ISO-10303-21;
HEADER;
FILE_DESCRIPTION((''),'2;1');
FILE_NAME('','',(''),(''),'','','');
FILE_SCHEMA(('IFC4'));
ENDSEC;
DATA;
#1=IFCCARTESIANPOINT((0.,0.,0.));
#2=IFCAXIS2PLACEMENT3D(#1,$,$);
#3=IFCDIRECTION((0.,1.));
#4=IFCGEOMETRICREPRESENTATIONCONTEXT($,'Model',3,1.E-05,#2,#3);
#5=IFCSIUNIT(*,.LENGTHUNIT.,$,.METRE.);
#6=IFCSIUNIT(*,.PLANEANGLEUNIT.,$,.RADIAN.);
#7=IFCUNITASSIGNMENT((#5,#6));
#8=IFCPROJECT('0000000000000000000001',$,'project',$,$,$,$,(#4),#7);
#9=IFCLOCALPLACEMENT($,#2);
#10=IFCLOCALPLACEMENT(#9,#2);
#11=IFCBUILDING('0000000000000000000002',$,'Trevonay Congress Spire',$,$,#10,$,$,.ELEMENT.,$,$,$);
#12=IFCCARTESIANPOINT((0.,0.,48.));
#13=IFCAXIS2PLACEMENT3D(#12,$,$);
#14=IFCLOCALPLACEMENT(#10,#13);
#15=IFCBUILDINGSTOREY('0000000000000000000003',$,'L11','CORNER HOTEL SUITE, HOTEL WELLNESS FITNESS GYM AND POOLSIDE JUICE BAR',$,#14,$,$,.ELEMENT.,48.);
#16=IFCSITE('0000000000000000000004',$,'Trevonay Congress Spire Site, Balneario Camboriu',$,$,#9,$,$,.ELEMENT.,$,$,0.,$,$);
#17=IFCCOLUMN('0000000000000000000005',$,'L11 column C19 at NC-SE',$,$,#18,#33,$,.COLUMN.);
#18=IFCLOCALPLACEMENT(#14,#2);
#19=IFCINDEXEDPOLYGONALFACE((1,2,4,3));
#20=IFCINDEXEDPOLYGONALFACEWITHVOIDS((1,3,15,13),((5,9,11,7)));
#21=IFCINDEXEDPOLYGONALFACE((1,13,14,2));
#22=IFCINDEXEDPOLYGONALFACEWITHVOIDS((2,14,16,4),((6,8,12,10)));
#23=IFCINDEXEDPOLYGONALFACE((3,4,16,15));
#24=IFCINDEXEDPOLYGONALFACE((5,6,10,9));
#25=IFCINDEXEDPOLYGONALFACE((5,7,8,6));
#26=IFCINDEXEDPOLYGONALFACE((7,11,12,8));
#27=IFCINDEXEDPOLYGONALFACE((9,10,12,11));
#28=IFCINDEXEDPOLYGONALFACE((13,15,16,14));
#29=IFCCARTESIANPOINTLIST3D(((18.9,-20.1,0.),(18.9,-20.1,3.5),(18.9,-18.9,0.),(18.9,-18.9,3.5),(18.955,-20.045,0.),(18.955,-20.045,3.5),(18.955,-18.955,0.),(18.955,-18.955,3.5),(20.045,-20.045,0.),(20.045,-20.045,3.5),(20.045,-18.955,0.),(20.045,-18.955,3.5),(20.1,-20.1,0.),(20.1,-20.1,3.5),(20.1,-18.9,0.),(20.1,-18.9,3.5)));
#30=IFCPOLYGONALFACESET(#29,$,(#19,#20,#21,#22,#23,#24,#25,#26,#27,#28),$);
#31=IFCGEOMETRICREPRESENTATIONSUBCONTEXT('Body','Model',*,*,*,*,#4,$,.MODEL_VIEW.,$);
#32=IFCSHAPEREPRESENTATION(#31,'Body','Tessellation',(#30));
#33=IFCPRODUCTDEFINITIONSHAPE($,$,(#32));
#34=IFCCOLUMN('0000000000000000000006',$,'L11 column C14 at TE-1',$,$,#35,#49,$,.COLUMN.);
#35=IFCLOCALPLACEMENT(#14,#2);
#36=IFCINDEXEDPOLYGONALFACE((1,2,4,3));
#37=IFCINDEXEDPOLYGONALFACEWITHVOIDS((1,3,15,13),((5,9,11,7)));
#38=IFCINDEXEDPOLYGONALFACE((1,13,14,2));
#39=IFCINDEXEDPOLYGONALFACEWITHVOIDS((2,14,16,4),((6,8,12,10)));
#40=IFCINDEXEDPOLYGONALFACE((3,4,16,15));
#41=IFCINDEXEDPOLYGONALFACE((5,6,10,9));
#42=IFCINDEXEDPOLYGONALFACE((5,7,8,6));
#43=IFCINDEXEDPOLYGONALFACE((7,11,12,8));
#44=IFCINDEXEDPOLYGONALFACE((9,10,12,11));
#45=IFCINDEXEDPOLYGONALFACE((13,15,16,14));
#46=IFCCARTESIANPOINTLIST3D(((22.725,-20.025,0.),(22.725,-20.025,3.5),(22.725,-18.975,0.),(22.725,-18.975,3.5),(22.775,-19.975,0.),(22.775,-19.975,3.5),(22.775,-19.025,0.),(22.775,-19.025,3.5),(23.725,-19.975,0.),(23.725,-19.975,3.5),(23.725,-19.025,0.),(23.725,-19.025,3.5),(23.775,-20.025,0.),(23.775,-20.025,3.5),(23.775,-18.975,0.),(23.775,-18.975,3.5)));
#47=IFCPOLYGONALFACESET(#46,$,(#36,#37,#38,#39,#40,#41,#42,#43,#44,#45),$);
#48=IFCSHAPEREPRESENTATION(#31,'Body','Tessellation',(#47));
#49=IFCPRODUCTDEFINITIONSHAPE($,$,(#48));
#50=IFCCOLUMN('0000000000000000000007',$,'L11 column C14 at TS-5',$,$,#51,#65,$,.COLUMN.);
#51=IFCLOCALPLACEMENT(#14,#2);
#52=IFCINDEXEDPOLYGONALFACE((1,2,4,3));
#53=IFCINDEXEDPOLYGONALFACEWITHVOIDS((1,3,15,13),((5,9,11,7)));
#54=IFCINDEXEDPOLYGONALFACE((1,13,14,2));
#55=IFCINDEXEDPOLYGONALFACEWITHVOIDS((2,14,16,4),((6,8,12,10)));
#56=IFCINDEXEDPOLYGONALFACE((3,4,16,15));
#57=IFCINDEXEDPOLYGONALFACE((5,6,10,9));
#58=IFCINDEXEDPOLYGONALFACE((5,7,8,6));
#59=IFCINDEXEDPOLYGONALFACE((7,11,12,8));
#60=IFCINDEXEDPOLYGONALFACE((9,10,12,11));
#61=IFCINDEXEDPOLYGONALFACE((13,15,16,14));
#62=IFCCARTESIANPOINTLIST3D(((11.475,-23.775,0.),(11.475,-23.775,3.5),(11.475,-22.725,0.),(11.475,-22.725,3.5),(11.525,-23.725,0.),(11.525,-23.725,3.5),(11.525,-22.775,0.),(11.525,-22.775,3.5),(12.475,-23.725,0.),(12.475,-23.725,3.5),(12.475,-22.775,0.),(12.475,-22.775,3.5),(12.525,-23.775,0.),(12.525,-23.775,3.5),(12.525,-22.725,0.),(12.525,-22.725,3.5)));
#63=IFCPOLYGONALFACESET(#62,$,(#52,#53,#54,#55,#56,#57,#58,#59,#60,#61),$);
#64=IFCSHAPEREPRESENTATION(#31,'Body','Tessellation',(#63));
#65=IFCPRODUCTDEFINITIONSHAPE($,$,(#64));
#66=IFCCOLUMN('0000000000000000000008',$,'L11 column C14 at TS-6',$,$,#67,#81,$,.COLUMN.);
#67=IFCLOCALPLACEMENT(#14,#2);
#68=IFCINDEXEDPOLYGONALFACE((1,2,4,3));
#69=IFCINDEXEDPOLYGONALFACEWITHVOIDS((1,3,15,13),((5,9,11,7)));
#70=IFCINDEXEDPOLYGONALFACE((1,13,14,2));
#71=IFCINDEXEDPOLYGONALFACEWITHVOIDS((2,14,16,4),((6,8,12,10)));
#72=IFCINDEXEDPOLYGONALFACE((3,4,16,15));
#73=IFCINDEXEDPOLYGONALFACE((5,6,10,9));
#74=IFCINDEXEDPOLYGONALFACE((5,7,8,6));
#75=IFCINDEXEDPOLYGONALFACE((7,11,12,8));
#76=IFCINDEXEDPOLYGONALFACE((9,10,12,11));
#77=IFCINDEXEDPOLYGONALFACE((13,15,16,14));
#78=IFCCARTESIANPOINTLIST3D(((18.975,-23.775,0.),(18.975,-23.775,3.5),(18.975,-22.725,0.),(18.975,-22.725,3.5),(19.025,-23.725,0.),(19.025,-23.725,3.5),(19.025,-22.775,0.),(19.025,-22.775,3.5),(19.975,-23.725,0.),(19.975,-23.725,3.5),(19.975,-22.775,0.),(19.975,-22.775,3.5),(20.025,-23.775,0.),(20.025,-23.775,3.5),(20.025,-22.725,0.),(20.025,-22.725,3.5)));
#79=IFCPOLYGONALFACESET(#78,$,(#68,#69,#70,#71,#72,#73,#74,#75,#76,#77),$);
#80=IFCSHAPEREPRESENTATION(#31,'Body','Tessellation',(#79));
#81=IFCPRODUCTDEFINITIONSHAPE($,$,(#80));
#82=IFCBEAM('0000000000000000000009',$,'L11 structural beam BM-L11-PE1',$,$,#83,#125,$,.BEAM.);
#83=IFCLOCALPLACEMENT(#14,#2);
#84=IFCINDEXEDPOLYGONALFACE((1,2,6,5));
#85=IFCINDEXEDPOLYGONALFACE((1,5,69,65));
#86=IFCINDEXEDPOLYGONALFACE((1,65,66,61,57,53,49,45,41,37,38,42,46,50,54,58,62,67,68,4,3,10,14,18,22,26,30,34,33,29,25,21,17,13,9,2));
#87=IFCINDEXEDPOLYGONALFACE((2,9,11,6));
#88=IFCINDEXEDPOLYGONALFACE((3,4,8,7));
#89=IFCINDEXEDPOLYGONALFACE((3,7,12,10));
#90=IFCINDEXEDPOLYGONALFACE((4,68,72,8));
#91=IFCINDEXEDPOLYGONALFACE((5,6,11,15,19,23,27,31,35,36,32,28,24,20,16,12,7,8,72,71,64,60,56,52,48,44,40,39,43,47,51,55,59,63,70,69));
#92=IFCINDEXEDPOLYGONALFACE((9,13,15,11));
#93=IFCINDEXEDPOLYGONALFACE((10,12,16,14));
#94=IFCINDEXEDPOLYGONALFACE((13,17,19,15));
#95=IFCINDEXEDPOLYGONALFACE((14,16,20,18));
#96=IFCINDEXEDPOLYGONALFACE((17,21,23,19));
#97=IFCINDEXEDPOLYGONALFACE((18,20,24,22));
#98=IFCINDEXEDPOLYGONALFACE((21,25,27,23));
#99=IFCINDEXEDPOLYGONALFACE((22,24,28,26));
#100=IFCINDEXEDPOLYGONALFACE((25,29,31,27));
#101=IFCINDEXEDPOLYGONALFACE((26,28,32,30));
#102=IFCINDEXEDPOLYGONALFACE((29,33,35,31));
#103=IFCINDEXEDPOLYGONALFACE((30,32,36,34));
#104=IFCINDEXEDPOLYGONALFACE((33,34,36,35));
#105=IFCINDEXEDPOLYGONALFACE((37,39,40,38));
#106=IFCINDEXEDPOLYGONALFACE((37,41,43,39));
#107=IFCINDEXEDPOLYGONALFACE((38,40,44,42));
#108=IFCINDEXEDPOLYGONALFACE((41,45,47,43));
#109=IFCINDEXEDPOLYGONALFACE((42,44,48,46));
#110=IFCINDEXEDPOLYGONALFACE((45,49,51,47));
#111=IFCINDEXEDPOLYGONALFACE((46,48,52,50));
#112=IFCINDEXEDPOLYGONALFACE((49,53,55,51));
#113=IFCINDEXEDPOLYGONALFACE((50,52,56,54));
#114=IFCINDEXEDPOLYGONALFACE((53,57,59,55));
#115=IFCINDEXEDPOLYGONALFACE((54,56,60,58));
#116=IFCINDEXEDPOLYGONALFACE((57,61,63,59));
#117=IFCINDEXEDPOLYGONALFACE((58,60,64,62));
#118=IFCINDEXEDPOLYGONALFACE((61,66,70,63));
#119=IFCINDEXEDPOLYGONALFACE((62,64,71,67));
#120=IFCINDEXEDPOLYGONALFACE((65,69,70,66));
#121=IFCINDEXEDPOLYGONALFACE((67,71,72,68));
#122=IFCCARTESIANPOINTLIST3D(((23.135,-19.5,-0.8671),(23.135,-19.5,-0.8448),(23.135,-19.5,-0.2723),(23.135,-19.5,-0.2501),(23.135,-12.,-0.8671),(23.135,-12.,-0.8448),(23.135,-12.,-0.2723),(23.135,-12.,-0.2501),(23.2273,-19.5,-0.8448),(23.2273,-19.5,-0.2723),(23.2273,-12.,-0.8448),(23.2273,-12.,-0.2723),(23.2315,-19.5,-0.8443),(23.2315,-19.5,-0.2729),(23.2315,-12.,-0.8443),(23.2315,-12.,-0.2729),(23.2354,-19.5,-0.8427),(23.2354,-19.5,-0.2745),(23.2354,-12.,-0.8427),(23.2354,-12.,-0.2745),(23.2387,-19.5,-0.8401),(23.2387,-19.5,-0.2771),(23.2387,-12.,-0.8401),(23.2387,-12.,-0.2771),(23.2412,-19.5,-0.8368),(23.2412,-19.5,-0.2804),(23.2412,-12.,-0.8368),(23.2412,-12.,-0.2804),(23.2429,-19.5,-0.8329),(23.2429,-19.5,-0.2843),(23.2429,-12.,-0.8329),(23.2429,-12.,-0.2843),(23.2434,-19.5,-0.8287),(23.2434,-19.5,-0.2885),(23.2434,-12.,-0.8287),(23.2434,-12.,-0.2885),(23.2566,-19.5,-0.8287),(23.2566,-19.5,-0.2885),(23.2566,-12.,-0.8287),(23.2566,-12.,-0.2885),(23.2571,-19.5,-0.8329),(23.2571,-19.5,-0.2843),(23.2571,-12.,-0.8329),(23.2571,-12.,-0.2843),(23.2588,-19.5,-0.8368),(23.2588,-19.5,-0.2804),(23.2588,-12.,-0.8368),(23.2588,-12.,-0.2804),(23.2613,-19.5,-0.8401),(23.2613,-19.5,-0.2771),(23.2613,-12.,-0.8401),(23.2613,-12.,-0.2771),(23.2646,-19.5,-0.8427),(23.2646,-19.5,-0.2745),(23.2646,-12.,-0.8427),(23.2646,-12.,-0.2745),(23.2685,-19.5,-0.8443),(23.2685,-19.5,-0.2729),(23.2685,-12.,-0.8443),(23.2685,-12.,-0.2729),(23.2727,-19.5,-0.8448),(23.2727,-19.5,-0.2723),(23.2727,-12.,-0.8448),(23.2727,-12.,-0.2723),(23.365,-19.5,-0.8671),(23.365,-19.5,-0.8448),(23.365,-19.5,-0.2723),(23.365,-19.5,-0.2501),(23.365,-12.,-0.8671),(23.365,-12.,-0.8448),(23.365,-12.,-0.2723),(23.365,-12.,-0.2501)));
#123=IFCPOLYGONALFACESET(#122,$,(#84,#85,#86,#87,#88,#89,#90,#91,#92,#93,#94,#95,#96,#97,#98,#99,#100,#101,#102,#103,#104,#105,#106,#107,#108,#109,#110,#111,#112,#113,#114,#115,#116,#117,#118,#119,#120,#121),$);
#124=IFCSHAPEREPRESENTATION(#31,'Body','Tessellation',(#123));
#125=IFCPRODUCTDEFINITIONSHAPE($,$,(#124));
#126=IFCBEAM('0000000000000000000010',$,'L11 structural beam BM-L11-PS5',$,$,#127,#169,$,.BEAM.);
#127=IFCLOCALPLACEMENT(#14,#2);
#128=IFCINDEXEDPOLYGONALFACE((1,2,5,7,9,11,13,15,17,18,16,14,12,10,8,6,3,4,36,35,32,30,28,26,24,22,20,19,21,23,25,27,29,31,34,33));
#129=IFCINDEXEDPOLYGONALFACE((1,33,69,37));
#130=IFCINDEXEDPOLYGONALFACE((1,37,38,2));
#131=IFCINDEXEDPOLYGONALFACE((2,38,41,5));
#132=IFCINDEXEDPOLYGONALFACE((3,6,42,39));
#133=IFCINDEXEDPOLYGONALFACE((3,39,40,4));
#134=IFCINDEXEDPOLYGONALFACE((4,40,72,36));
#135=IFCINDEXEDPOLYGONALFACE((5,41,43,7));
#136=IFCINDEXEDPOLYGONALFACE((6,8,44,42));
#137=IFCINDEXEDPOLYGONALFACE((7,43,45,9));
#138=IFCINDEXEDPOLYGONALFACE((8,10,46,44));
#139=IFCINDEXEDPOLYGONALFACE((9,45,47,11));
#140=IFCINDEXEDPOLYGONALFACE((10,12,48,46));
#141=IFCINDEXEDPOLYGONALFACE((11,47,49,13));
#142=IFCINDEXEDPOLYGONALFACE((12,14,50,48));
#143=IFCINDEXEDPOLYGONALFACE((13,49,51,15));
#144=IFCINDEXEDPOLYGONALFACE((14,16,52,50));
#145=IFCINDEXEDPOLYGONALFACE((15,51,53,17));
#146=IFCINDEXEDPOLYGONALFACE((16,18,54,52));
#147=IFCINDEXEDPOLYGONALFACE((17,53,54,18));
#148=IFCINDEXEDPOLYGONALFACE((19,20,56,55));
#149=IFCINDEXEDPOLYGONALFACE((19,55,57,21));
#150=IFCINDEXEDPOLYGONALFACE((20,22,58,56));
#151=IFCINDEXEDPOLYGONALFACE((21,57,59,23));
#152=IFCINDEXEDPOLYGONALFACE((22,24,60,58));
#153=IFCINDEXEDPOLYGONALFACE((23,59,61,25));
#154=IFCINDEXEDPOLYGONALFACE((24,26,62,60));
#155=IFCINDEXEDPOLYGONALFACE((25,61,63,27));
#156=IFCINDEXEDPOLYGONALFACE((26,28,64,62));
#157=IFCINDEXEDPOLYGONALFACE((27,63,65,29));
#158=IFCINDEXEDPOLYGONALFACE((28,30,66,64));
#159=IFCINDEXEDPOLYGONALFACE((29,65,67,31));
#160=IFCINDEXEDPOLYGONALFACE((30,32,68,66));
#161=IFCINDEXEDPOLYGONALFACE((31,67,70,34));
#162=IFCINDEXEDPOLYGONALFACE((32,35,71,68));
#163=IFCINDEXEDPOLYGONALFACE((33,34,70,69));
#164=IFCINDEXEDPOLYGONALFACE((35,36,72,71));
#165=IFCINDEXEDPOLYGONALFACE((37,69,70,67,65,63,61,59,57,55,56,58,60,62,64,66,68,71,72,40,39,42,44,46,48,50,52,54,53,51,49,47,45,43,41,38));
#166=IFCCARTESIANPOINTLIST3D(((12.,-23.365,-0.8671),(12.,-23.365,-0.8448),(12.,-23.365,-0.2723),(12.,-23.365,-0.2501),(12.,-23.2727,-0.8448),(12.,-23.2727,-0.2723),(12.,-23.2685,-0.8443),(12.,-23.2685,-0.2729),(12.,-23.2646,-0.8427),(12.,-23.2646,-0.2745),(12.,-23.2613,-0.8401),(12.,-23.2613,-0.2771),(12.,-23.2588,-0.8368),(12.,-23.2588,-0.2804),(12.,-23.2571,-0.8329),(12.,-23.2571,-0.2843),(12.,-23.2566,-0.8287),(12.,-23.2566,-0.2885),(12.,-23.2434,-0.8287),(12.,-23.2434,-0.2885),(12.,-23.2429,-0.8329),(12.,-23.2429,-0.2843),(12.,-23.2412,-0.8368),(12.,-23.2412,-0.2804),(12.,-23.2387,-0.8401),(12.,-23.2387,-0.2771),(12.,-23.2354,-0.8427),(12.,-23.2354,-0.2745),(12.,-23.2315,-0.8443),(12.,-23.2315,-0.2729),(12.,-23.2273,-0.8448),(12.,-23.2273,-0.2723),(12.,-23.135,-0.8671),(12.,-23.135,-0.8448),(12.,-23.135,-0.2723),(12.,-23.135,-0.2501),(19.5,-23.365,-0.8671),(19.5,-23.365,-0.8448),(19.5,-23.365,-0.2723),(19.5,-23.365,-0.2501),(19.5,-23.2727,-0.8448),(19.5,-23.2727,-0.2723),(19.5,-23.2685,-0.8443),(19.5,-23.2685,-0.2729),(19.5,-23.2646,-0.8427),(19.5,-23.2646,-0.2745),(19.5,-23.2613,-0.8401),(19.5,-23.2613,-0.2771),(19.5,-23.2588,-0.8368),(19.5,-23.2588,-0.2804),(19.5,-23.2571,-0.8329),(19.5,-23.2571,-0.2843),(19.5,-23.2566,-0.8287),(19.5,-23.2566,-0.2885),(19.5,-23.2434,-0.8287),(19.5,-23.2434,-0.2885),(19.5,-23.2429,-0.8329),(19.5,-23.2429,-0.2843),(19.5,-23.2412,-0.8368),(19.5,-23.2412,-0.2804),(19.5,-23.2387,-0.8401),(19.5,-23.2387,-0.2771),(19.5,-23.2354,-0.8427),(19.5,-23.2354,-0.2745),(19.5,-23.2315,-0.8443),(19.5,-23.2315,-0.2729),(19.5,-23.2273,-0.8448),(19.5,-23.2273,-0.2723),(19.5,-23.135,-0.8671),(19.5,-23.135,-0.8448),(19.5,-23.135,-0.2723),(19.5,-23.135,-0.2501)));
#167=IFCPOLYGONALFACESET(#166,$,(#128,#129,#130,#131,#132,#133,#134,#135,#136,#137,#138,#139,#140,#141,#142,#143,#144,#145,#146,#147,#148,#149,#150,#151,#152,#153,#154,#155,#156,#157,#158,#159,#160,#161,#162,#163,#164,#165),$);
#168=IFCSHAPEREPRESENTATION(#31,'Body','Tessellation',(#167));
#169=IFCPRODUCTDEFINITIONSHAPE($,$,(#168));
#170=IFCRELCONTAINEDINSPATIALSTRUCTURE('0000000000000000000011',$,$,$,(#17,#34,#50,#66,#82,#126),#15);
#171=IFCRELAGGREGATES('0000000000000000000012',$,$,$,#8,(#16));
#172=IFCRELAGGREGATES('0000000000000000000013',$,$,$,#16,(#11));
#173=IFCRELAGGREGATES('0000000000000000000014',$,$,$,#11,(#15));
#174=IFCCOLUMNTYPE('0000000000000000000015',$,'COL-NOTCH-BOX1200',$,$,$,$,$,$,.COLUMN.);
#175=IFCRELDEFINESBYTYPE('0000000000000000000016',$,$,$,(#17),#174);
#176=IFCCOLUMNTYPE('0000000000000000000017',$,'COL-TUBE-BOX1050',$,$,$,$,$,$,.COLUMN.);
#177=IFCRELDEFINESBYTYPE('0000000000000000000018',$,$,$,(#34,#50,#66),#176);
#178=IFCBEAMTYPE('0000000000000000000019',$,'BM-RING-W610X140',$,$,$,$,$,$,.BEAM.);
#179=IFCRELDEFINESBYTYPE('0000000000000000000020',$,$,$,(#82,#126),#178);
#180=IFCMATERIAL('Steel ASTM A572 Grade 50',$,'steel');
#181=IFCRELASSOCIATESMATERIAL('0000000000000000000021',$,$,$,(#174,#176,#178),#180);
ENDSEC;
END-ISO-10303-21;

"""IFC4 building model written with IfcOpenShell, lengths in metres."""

from ifc_helpers import new_model, si_unit, direction, frame, origin, origin_2d, place, context, subcontext, project, spatial, hollow_rectangle, i_section, extrude, material, material_profile, profile_set, type_object, element, save


model = new_model("IFC4")

# Units and contexts
model_context = context("Model", 3, precision=1e-05, world=origin(), true_north=direction((0.0, 1.0)))
body_context = subcontext(model_context, "Body", "Model", "MODEL_VIEW")
ifc_project = project(units=[si_unit("LENGTHUNIT", "METRE"), si_unit("PLANEANGLEUNIT", "RADIAN")], contexts=[model_context])

# Site, building, storey
site_placement = place(None, origin())
site = spatial("IfcSite", under=ifc_project, at=site_placement, Name="Trevonay Congress Spire Site, Balneario Camboriu", CompositionType="ELEMENT", RefElevation=0.0)
building_placement = place(site_placement, origin())
building = spatial("IfcBuilding", under=site, at=building_placement, Name="Trevonay Congress Spire", CompositionType="ELEMENT")
storey_placement = place(building_placement, frame((0.0, 0.0, 48.0)))
storey = spatial("IfcBuildingStorey", under=building, at=storey_placement, Name="L11", Description="CORNER HOTEL SUITE, HOTEL WELLNESS FITNESS GYM AND POOLSIDE JUICE BAR", CompositionType="ELEMENT", Elevation=48.0)

# Columns
ifc_material_1 = material(Name="Steel ASTM A572 Grade 50", Category="steel")
ifc_material_profile_1 = material_profile(ifc_material_1, hollow_rectangle(XDim=1.2, YDim=1.2, WallThickness=0.0549, at=origin_2d()), Name="BOX 1200x1200x55")
ifc_profile_set_1 = profile_set([ifc_material_profile_1], Name="Steel ASTM A572 Grade 50")
column_type_1 = type_object("IfcColumnType", Name="COL-NOTCH-BOX1200", PredefinedType="COLUMN", material=ifc_profile_set_1)
column_placement = place(storey_placement, frame((19.5, -19.5, 0.0), z_axis=(0.0, 0.0, 1.0), x_axis=(1.0, 0.0, 0.0)))
element("IfcColumn", 1, at=column_placement, inside=storey, type_object=column_type_1, Name="L11 column C19 at NC-SE", PredefinedType="COLUMN", context=body_context, shape_type="SweptSolid", body=[
    extrude(hollow_rectangle(XDim=1.2, YDim=1.2, WallThickness=0.0549, at=origin_2d()), origin(), (0.0, 0.0, 1.0), 3.5),
])
ifc_material_profile_2 = material_profile(ifc_material_1, hollow_rectangle(XDim=1.05, YDim=1.05, WallThickness=0.05, at=origin_2d()), Name="BOX 1050x1050x50")
ifc_profile_set_2 = profile_set([ifc_material_profile_2], Name="Steel ASTM A572 Grade 50")
column_type_2 = type_object("IfcColumnType", Name="COL-TUBE-BOX1050", PredefinedType="COLUMN", material=ifc_profile_set_2)
for number, where, z_axis, x_axis, name in (
    (2, (23.25, -19.5, 0.0), (0.0, 0.0, 1.0), (1.0, 0.0, 0.0), "L11 column C14 at TE-1"),
    (3, (12.0, -23.25, 0.0), (0.0, 0.0, 1.0), (1.0, 0.0, 0.0), "L11 column C14 at TS-5"),
    (4, (19.5, -23.25, 0.0), (0.0, 0.0, 1.0), (1.0, 0.0, 0.0), "L11 column C14 at TS-6"),
):
    element("IfcColumn", number, at=place(storey_placement, frame(where, z_axis=z_axis, x_axis=x_axis)), inside=storey, type_object=column_type_2, Name=name, PredefinedType="COLUMN", context=body_context, shape_type="SweptSolid", body=[
        extrude(hollow_rectangle(XDim=1.05, YDim=1.05, WallThickness=0.05, at=origin_2d()), origin(), (0.0, 0.0, 1.0), 3.5),
    ])

# Beams
ifc_material_profile_3 = material_profile(ifc_material_1, i_section(OverallWidth=0.23, OverallDepth=0.6169, WebThickness=0.0132, FlangeThickness=0.0222, FilletRadius=0.0161, at=origin_2d()), Name="W610x140")
ifc_profile_set_3 = profile_set([ifc_material_profile_3], Name="Steel ASTM A572 Grade 50")
beam_type = type_object("IfcBeamType", Name="BM-RING-W610X140", PredefinedType="BEAM", material=ifc_profile_set_3)
for number, where, z_axis, x_axis, name in (
    (5, (23.25, -19.5, -0.5586), (0.0, 1.0, 0.0), (-1.0, 0.0, 0.0), "L11 structural beam BM-L11-PE1"),
    (6, (12.0, -23.25, -0.5586), (1.0, 0.0, 0.0), (0.0, 1.0, 0.0), "L11 structural beam BM-L11-PS5"),
):
    element("IfcBeam", number, at=place(storey_placement, frame(where, z_axis=z_axis, x_axis=x_axis)), inside=storey, type_object=beam_type, Name=name, PredefinedType="BEAM", context=body_context, shape_type="SweptSolid", body=[
        extrude(i_section(OverallWidth=0.23, OverallDepth=0.6169, WebThickness=0.0132, FlangeThickness=0.0222, FilletRadius=0.0161, at=origin_2d()), origin(), (0.0, 0.0, 1.0), 7.5),
    ])

save(model, "model.ifc")
